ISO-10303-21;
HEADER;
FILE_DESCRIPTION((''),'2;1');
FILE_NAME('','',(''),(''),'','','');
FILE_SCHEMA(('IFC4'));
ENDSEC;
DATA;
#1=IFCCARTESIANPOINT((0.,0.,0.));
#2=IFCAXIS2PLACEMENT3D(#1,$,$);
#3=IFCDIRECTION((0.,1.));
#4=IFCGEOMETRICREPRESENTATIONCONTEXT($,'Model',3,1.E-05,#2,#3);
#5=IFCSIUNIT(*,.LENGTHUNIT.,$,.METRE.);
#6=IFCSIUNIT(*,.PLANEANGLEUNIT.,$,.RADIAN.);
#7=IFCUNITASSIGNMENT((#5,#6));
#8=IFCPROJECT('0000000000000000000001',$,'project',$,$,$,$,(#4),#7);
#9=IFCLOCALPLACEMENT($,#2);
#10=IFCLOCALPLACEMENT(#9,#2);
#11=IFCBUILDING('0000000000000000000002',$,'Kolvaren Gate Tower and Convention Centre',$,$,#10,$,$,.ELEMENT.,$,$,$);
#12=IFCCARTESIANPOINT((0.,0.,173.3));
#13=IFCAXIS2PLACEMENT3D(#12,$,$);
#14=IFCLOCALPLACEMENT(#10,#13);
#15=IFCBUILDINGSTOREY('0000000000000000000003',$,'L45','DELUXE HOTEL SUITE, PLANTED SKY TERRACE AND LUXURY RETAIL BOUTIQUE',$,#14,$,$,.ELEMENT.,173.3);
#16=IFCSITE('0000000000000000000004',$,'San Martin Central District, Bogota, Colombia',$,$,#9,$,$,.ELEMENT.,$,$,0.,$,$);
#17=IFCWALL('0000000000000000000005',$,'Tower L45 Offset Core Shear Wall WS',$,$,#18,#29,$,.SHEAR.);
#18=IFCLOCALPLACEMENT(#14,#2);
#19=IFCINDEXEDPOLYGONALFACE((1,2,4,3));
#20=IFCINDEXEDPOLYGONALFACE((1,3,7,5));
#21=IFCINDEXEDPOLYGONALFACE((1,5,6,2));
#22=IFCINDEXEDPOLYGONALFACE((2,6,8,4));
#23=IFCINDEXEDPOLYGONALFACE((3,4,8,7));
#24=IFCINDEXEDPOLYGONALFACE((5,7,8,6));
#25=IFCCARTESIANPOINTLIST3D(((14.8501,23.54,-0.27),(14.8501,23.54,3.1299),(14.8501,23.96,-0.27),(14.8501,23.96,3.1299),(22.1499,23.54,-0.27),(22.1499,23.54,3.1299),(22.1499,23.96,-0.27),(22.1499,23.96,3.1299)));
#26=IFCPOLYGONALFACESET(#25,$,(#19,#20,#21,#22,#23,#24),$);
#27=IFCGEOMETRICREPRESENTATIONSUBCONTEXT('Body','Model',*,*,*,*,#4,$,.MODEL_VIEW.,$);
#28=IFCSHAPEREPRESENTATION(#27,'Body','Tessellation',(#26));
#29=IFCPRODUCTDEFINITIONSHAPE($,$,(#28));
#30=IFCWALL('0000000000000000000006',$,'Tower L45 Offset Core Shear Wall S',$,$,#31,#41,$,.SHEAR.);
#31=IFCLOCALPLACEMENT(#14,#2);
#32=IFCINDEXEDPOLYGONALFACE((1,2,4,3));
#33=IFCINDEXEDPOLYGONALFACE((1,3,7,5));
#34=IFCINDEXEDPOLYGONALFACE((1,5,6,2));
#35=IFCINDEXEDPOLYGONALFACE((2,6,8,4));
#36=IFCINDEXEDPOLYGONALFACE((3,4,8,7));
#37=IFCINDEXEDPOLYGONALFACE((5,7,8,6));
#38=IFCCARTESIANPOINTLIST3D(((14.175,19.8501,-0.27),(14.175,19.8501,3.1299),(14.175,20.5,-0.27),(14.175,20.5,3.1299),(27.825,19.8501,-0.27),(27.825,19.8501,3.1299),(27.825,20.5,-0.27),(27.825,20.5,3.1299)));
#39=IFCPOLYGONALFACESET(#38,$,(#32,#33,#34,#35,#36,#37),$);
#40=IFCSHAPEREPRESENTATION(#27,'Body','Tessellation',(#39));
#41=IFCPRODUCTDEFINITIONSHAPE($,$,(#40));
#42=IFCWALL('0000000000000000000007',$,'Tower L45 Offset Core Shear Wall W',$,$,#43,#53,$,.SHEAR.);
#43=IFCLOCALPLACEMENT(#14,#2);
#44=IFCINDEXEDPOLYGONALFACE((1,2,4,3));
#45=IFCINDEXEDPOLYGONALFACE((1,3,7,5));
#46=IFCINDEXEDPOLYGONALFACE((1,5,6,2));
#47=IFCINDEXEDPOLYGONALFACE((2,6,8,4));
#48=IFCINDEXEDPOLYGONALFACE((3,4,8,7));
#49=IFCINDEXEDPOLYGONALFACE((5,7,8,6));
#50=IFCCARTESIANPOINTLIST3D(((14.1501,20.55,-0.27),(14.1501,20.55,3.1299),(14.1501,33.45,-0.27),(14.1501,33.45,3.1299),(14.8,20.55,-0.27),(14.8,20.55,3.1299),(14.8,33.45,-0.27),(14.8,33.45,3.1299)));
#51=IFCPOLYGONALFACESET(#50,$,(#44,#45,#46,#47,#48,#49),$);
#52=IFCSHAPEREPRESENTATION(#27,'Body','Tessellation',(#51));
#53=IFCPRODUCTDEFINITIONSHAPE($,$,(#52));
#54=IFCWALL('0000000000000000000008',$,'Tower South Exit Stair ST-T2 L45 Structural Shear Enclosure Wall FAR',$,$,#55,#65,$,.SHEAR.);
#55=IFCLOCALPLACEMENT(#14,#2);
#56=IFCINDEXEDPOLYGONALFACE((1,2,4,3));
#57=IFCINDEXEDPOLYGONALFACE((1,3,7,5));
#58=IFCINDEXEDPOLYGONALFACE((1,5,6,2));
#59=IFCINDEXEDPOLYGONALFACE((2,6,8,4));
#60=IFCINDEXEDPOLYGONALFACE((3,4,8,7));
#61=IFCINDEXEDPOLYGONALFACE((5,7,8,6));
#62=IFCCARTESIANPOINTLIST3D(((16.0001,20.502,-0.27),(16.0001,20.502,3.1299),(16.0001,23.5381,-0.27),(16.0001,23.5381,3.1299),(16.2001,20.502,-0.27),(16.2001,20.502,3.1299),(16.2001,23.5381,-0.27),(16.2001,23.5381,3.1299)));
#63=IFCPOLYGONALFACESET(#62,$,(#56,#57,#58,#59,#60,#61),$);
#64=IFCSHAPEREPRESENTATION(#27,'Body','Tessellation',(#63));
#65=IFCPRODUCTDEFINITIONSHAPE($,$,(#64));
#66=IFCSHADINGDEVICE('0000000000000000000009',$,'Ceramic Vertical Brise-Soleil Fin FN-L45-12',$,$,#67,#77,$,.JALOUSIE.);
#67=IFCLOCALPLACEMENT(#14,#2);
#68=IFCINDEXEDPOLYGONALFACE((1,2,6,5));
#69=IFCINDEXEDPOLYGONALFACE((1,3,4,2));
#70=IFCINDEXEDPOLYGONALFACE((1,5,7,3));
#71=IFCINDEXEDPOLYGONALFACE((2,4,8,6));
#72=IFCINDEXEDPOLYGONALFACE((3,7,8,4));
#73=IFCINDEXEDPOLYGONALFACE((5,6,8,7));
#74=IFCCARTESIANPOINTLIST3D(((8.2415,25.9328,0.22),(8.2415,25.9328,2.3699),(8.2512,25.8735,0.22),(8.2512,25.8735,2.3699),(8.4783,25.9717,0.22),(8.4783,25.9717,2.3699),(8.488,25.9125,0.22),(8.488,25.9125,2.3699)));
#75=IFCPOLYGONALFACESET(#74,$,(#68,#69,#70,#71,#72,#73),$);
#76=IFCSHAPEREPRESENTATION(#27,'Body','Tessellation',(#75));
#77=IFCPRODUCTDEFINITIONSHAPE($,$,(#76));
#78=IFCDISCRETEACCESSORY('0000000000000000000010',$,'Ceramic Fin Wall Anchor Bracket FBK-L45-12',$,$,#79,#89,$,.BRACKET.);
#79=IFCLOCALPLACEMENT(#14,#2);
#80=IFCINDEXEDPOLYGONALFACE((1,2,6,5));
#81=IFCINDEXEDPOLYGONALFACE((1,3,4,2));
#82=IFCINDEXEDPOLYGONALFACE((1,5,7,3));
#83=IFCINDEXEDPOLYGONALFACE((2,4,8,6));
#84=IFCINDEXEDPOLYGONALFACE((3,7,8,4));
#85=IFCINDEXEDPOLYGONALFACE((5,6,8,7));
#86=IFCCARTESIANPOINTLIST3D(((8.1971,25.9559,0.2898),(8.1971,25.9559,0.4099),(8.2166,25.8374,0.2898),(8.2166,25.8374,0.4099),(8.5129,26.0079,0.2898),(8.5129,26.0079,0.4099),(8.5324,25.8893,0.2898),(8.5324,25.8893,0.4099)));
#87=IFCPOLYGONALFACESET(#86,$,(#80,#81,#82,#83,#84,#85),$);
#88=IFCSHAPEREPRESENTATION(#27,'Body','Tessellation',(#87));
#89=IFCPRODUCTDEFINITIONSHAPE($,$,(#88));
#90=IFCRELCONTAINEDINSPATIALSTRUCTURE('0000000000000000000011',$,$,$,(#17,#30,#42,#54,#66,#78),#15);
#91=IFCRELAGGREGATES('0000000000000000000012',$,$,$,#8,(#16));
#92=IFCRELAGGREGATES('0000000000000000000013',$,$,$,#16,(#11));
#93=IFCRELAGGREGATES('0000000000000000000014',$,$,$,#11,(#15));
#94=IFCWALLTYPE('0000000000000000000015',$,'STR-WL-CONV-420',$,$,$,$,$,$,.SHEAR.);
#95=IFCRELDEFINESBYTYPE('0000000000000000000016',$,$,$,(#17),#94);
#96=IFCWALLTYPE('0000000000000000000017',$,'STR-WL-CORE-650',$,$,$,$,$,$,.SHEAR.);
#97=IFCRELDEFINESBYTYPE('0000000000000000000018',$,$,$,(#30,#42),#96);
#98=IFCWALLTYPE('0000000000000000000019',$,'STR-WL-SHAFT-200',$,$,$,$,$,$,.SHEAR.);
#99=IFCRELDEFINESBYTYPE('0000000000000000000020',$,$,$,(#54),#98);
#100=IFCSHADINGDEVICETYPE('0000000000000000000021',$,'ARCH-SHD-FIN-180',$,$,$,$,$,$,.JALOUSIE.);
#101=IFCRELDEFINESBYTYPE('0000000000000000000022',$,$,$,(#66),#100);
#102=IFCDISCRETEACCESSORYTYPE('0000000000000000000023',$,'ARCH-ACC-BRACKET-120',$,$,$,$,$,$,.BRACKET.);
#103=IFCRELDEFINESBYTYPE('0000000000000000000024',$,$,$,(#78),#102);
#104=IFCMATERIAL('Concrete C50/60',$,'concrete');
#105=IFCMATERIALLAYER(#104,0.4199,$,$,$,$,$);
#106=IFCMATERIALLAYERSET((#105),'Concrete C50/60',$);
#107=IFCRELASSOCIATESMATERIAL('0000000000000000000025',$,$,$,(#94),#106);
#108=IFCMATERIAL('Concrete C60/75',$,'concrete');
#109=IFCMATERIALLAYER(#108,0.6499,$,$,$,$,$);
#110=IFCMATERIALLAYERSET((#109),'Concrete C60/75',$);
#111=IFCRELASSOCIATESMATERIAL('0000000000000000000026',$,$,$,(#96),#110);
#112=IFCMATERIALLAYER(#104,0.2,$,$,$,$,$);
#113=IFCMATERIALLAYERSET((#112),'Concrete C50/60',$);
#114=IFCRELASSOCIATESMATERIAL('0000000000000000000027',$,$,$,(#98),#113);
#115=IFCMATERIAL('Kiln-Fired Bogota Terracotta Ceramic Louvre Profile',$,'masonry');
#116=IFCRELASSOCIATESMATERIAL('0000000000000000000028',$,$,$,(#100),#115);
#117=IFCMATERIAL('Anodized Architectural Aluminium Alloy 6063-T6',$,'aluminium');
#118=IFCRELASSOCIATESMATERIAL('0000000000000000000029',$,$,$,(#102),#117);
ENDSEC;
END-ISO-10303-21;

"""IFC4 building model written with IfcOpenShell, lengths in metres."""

from ifc_helpers import new_model, si_unit, direction, frame, frame_2d, origin, origin_2d, place, context, subcontext, project, spatial, rectangle, extrude, material, layer, layer_set, type_object, element, save


model = new_model("IFC4")

# Units and contexts
model_context = context("Model", 3, precision=1e-05, world=origin(), true_north=direction((0.0, 1.0)))
body_context = subcontext(model_context, "Body", "Model", "MODEL_VIEW")
ifc_project = project(units=[si_unit("LENGTHUNIT", "METRE"), si_unit("PLANEANGLEUNIT", "RADIAN")], contexts=[model_context])

# Site, building, storey
site_placement = place(None, origin())
site = spatial("IfcSite", under=ifc_project, at=site_placement, Name="San Martin Central District, Bogota, Colombia", CompositionType="ELEMENT", RefElevation=0.0)
building_placement = place(site_placement, origin())
building = spatial("IfcBuilding", under=site, at=building_placement, Name="Kolvaren Gate Tower and Convention Centre", CompositionType="ELEMENT")
storey_placement = place(building_placement, frame((0.0, 0.0, 173.3)))
storey = spatial("IfcBuildingStorey", under=building, at=storey_placement, Name="L45", Description="DELUXE HOTEL SUITE, PLANTED SKY TERRACE AND LUXURY RETAIL BOUTIQUE", CompositionType="ELEMENT", Elevation=173.3)

# Shared definitions
ifc_material_1 = material(Name="Concrete C60/75", Category="concrete")

# Shared definitions
ifc_material_2 = material(Name="Anodized Architectural Aluminium Alloy 6063-T6", Category="aluminium")

# Walls
ifc_material_3 = material(Name="Concrete C50/60", Category="concrete")
ifc_layer_1 = layer(ifc_material_3, 0.4199)
ifc_layer_set_1 = layer_set([ifc_layer_1], Name="Concrete C50/60")
wall_type_1 = type_object("IfcWallType", Name="STR-WL-CONV-420", PredefinedType="SHEAR", material=ifc_layer_set_1)
wall_1_placement = place(storey_placement, frame((14.8501, 23.75, -0.27), z_axis=(0.0, 0.0, 1.0), x_axis=(1.0, 0.0, 0.0)))
element("IfcWall", 1, at=wall_1_placement, inside=storey, type_object=wall_type_1, Name="Tower L45 Offset Core Shear Wall WS", PredefinedType="SHEAR", context=body_context, shape_type="SweptSolid", body=[
    extrude(rectangle(XDim=7.2998, YDim=0.4199, at=frame_2d((3.6499, 0.0))), origin(), (0.0, 0.0, 1.0), 3.3999),
])
ifc_layer_2 = layer(ifc_material_1, 0.6499)
ifc_layer_set_2 = layer_set([ifc_layer_2], Name="Concrete C60/75")
wall_type_2 = type_object("IfcWallType", Name="STR-WL-CORE-650", PredefinedType="SHEAR", material=ifc_layer_set_2)
wall_2_placement = place(storey_placement, frame((14.175, 20.175, -0.27), z_axis=(0.0, 0.0, 1.0), x_axis=(1.0, 0.0, 0.0)))
element("IfcWall", 2, at=wall_2_placement, inside=storey, type_object=wall_type_2, Name="Tower L45 Offset Core Shear Wall S", PredefinedType="SHEAR", context=body_context, shape_type="SweptSolid", body=[
    extrude(rectangle(XDim=13.6499, YDim=0.6499, at=frame_2d((6.825, 0.0))), origin(), (0.0, 0.0, 1.0), 3.3999),
])
wall_3_placement = place(storey_placement, frame((14.4751, 20.55, -0.27), z_axis=(0.0, 0.0, 1.0), x_axis=(0.0, 1.0, 0.0)))
element("IfcWall", 3, at=wall_3_placement, inside=storey, type_object=wall_type_2, Name="Tower L45 Offset Core Shear Wall W", PredefinedType="SHEAR", context=body_context, shape_type="SweptSolid", body=[
    extrude(rectangle(XDim=12.8999, YDim=0.6499, at=frame_2d((6.45, 0.0))), origin(), (0.0, 0.0, 1.0), 3.3999),
])
ifc_layer_3 = layer(ifc_material_3, 0.2)
ifc_layer_set_3 = layer_set([ifc_layer_3], Name="Concrete C50/60")
wall_type_3 = type_object("IfcWallType", Name="STR-WL-SHAFT-200", PredefinedType="SHEAR", material=ifc_layer_set_3)
wall_4_placement = place(storey_placement, frame((16.1001, 20.502, -0.27), z_axis=(0.0, 0.0, 1.0), x_axis=(0.0, 1.0, 0.0)))
element("IfcWall", 4, at=wall_4_placement, inside=storey, type_object=wall_type_3, Name="Tower South Exit Stair ST-T2 L45 Structural Shear Enclosure Wall FAR", PredefinedType="SHEAR", context=body_context, shape_type="SweptSolid", body=[
    extrude(rectangle(XDim=3.0361, YDim=0.2, at=frame_2d((1.5181, 0.0))), origin(), (0.0, 0.0, 1.0), 3.3999),
])

# Shading device
ifc_material_4 = material(Name="Kiln-Fired Bogota Terracotta Ceramic Louvre Profile", Category="masonry")
shading_device_type = type_object("IfcShadingDeviceType", Name="ARCH-SHD-FIN-180", PredefinedType="JALOUSIE", material=ifc_material_4)
shading_device_placement = place(storey_placement, frame((8.3647, 25.9226, 0.22), z_axis=(0.0, 0.0, 1.0), x_axis=(0.162381, -0.986728, 0.0)))
element("IfcShadingDevice", 5, at=shading_device_placement, inside=storey, type_object=shading_device_type, Name="Ceramic Vertical Brise-Soleil Fin FN-L45-12", PredefinedType="JALOUSIE", context=body_context, shape_type="SweptSolid", body=[
    extrude(rectangle(XDim=0.0601, YDim=0.24, at=origin_2d()), origin(), (0.0, 0.0, 1.0), 2.1499),
])

# Discrete accessory
discrete_accessory_type = type_object("IfcDiscreteAccessoryType", Name="ARCH-ACC-BRACKET-120", PredefinedType="BRACKET", material=ifc_material_2)
discrete_accessory_placement = place(storey_placement, frame((8.3647, 25.9226, 0.2898), z_axis=(0.0, 0.0, 1.0), x_axis=(0.162381, -0.986728, 0.0)))
element("IfcDiscreteAccessory", 6, at=discrete_accessory_placement, inside=storey, type_object=discrete_accessory_type, Name="Ceramic Fin Wall Anchor Bracket FBK-L45-12", PredefinedType="BRACKET", context=body_context, shape_type="SweptSolid", body=[
    extrude(rectangle(XDim=0.1201, YDim=0.3201, at=origin_2d()), origin(), (0.0, 0.0, 1.0), 0.1201),
])

save(model, "model.ifc")
